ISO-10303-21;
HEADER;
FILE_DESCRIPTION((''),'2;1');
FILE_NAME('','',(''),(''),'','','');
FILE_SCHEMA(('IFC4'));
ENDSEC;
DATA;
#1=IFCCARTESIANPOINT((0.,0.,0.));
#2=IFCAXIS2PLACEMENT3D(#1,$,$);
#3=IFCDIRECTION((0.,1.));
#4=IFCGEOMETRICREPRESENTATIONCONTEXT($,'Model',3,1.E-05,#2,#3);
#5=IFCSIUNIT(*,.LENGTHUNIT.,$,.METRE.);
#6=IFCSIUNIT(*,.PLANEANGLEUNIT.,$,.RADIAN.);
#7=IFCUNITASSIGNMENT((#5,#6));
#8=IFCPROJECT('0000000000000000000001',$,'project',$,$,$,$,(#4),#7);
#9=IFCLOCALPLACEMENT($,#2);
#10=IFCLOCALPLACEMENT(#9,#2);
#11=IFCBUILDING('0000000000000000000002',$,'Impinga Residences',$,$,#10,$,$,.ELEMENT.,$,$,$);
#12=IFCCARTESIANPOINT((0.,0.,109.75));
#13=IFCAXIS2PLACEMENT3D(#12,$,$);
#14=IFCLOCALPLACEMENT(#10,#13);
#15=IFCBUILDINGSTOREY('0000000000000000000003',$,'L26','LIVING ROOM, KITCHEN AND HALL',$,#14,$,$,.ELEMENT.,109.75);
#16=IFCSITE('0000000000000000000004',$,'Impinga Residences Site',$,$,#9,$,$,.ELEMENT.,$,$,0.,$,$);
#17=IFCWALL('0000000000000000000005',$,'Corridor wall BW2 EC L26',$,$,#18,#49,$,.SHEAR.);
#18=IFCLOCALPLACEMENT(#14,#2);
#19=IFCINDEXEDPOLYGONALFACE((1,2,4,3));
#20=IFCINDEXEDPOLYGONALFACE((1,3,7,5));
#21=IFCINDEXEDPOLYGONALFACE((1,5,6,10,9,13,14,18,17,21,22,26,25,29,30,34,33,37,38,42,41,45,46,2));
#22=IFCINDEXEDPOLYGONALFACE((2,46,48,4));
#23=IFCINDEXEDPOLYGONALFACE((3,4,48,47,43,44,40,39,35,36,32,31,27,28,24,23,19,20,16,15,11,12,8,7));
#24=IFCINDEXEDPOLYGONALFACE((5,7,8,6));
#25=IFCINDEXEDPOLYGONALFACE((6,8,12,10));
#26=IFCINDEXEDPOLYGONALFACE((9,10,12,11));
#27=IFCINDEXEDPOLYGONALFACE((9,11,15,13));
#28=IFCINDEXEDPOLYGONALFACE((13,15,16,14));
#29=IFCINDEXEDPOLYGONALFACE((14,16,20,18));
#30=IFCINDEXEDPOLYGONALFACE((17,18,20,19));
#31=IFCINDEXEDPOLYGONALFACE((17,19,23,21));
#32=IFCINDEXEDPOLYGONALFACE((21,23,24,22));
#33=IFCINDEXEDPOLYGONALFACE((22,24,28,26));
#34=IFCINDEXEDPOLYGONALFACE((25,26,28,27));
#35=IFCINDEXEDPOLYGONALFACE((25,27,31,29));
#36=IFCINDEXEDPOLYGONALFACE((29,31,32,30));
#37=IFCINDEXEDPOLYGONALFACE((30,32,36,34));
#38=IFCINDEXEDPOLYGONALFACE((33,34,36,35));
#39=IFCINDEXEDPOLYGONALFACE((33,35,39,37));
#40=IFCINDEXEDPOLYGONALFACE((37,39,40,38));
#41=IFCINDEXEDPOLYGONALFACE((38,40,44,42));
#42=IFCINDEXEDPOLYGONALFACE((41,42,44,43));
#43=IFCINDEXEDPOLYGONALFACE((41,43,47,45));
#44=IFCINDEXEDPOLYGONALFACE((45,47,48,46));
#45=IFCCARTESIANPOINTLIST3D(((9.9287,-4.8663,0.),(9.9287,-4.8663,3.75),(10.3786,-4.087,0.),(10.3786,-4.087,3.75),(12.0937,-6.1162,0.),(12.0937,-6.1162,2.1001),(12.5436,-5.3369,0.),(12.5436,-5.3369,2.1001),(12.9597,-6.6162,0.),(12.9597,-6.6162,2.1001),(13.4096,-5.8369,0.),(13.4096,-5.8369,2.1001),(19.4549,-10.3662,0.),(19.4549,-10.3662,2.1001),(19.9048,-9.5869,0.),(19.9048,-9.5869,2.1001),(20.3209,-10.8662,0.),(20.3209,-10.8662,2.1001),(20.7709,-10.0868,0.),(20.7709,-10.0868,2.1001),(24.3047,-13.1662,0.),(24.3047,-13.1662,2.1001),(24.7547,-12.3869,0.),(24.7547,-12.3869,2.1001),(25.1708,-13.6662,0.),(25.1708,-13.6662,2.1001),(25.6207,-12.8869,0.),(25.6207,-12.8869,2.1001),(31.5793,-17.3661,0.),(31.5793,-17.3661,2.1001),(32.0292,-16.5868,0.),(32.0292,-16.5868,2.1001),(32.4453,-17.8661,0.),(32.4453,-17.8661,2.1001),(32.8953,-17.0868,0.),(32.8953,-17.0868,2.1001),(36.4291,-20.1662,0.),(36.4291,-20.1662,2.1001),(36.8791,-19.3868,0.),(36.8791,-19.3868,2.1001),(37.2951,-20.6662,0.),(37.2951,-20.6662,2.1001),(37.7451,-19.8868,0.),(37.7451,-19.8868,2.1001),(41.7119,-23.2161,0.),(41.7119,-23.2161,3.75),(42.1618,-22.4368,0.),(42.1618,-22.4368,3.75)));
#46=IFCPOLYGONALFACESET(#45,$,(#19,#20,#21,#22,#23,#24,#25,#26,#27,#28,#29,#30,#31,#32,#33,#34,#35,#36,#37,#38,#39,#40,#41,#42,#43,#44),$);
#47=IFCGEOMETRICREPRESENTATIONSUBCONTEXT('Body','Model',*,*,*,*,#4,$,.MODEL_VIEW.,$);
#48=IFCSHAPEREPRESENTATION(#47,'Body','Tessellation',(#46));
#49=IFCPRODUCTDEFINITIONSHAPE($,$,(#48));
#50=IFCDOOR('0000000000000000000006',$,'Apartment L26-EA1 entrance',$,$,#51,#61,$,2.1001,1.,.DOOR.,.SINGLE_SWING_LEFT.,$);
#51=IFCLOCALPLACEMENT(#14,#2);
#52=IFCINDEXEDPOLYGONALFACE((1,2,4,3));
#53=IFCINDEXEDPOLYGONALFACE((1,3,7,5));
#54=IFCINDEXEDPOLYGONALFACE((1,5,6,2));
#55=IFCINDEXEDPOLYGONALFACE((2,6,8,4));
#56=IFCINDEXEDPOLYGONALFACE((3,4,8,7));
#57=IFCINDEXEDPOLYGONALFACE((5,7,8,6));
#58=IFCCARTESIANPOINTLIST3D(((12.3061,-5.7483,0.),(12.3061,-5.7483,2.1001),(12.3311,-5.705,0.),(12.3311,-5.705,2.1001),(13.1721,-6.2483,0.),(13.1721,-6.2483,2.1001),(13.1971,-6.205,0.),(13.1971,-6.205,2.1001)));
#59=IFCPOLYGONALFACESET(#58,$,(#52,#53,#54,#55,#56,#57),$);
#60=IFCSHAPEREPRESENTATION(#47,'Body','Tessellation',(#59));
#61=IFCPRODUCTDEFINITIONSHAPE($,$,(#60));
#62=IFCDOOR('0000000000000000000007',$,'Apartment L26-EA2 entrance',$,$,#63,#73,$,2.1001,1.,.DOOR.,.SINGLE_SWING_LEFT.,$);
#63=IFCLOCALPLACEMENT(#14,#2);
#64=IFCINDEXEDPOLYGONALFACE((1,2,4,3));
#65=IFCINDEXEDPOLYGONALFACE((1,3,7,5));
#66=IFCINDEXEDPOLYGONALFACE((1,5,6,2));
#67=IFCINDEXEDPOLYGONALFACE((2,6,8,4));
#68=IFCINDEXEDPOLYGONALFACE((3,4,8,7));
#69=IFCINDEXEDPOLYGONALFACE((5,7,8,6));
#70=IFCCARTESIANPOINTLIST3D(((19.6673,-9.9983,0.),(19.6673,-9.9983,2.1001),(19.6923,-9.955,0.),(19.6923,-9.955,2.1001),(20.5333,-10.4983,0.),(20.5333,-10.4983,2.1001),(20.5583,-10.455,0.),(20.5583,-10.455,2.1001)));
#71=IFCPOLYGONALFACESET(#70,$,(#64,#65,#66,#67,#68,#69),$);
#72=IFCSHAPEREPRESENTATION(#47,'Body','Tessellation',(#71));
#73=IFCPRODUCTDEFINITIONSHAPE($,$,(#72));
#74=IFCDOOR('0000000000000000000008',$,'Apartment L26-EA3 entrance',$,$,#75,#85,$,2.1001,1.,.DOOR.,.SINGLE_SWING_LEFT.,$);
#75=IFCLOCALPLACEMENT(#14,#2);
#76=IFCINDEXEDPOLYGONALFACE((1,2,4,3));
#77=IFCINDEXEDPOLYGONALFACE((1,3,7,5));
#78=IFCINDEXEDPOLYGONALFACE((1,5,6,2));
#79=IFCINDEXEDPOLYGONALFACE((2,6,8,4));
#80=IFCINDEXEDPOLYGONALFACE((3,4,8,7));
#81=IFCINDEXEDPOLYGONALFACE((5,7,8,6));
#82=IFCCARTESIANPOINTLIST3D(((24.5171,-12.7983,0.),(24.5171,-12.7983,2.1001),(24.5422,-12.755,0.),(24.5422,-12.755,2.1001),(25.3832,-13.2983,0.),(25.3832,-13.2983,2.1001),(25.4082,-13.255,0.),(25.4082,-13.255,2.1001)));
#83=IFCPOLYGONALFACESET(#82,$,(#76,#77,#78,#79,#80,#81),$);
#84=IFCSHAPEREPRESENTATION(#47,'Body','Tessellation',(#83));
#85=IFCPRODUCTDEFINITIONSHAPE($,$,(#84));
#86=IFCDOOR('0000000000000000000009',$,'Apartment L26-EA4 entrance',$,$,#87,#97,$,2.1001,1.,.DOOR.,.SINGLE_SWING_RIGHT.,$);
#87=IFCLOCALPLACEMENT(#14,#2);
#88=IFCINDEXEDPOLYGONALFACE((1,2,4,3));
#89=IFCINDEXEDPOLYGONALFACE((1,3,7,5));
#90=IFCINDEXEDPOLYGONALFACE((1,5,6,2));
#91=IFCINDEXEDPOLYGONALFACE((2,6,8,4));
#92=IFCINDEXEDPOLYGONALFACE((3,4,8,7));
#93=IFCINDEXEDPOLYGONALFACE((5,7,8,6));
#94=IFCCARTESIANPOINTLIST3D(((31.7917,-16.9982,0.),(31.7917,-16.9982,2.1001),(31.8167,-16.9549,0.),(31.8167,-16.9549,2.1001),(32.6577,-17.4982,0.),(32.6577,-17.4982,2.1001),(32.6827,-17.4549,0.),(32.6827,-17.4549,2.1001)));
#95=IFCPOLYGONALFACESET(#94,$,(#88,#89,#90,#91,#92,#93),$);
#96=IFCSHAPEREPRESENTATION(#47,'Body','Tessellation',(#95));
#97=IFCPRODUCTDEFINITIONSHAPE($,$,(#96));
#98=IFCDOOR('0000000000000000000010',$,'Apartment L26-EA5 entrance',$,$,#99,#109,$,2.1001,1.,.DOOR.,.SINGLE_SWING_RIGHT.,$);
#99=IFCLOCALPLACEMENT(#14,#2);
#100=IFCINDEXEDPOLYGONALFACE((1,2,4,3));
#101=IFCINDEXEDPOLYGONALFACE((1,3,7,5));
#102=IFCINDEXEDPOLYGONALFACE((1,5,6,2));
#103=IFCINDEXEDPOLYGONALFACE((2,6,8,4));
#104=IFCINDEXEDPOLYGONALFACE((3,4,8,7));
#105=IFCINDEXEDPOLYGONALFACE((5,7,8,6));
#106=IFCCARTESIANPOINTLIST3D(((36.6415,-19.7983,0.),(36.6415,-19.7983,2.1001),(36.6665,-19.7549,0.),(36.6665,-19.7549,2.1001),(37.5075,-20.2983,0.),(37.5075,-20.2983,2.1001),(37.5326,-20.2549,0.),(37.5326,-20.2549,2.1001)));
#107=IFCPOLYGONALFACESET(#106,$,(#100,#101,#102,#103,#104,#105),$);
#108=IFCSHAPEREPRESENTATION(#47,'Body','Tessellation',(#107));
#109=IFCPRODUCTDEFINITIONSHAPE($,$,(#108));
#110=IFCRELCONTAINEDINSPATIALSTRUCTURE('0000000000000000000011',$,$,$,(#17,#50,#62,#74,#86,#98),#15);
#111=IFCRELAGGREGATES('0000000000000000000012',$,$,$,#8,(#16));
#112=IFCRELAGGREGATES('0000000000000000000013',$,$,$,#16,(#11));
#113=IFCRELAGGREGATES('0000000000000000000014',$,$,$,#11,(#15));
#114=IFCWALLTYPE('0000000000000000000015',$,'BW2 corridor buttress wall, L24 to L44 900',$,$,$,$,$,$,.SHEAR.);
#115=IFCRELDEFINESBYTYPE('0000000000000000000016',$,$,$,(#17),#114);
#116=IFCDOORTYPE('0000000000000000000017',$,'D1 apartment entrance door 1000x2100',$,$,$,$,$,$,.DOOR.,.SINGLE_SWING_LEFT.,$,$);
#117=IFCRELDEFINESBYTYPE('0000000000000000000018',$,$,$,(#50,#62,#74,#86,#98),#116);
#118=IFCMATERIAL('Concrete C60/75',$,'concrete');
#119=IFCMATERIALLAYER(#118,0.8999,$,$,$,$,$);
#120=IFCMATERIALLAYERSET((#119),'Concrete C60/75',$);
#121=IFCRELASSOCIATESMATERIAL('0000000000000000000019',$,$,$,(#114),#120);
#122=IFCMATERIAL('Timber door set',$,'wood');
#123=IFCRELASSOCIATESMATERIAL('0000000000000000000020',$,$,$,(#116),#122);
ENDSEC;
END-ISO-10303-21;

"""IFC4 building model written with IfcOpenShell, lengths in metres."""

from ifc_helpers import new_model, si_unit, direction, frame, frame_2d, origin, place, context, subcontext, project, spatial, rectangle, extrude, material, layer, layer_set, type_object, element, fill, save


model = new_model("IFC4")

# Units and contexts
model_context = context("Model", 3, precision=1e-05, world=origin(), true_north=direction((0.0, 1.0)))
body_context = subcontext(model_context, "Body", "Model", "MODEL_VIEW")
ifc_project = project(units=[si_unit("LENGTHUNIT", "METRE"), si_unit("PLANEANGLEUNIT", "RADIAN")], contexts=[model_context])

# Site, building, storey
site_placement = place(None, origin())
site = spatial("IfcSite", under=ifc_project, at=site_placement, Name="Impinga Residences Site", CompositionType="ELEMENT", RefElevation=0.0)
building_placement = place(site_placement, origin())
building = spatial("IfcBuilding", under=site, at=building_placement, Name="Impinga Residences", CompositionType="ELEMENT")
storey_placement = place(building_placement, frame((0.0, 0.0, 109.75)))
storey = spatial("IfcBuildingStorey", under=building, at=storey_placement, Name="L26", Description="LIVING ROOM, KITCHEN AND HALL", CompositionType="ELEMENT", Elevation=109.75)

# Wall, openings, doors
ifc_material_1 = material(Name="Concrete C60/75", Category="concrete")
ifc_layer_1 = layer(ifc_material_1, 0.8999)
ifc_layer_set_1 = layer_set([ifc_layer_1], Name="Concrete C60/75")
wall_type_1 = type_object("IfcWallType", Name="BW2 corridor buttress wall, L24 to L44 900", PredefinedType="SHEAR", material=ifc_layer_set_1)
wall_1_placement = place(storey_placement, frame((10.1536, -4.4766, 0.0), z_axis=(0.0, 0.0, 1.0), x_axis=(0.866028, -0.499996, 0.0)))
wall_1 = element("IfcWall", 1, at=wall_1_placement, inside=storey, type_object=wall_type_1, Name="Corridor wall BW2 EC L26", PredefinedType="SHEAR", context=body_context, shape_type="SweptSolid", body=[
    extrude(rectangle(XDim=36.7, YDim=0.8999, at=frame_2d((18.3501, 0.0))), origin(), (0.0, 0.0, 1.0), 3.75),
])
opening_1_placement = place(wall_1_placement, frame((2.5, 0.0, 0.0)))
opening_1 = element("IfcOpeningElement", 2, at=opening_1_placement, cuts=wall_1, PredefinedType="OPENING", context=body_context, shape_type="SweptSolid", body=[
    extrude(rectangle(XDim=1.0, YDim=2.1001, at=frame_2d((0.5, 1.05))), frame((0.0, 0.46, 0.0), z_axis=(0.0, -1.0, 0.0), x_axis=(1.0, 0.0, 0.0)), (0.0, 0.0, 1.0), 0.9199),
])
opening_2_placement = place(wall_1_placement, frame((11.0, 0.0, 0.0)))
opening_2 = element("IfcOpeningElement", 3, at=opening_2_placement, cuts=wall_1, PredefinedType="OPENING", context=body_context, shape_type="SweptSolid", body=[
    extrude(rectangle(XDim=1.0, YDim=2.1001, at=frame_2d((0.5, 1.05))), frame((0.0, 0.46, 0.0), z_axis=(0.0, -1.0, 0.0), x_axis=(1.0, 0.0, 0.0)), (0.0, 0.0, 1.0), 0.9199),
])
opening_3_placement = place(wall_1_placement, frame((16.6001, 0.0, 0.0)))
opening_3 = element("IfcOpeningElement", 4, at=opening_3_placement, cuts=wall_1, PredefinedType="OPENING", context=body_context, shape_type="SweptSolid", body=[
    extrude(rectangle(XDim=1.0, YDim=2.1001, at=frame_2d((0.5, 1.05))), frame((0.0, 0.46, 0.0), z_axis=(0.0, -1.0, 0.0), x_axis=(1.0, 0.0, 0.0)), (0.0, 0.0, 1.0), 0.9199),
])
opening_4_placement = place(wall_1_placement, frame((25.0, 0.0, 0.0)))
opening_4 = element("IfcOpeningElement", 5, at=opening_4_placement, cuts=wall_1, PredefinedType="OPENING", context=body_context, shape_type="SweptSolid", body=[
    extrude(rectangle(XDim=1.0, YDim=2.1001, at=frame_2d((0.5, 1.05))), frame((0.0, 0.46, 0.0), z_axis=(0.0, -1.0, 0.0), x_axis=(1.0, 0.0, 0.0)), (0.0, 0.0, 1.0), 0.9199),
])
opening_5_placement = place(wall_1_placement, frame((30.6001, 0.0, 0.0)))
opening_5 = element("IfcOpeningElement", 6, at=opening_5_placement, cuts=wall_1, PredefinedType="OPENING", context=body_context, shape_type="SweptSolid", body=[
    extrude(rectangle(XDim=1.0, YDim=2.1001, at=frame_2d((0.5, 1.05))), frame((0.0, 0.46, 0.0), z_axis=(0.0, -1.0, 0.0), x_axis=(1.0, 0.0, 0.0)), (0.0, 0.0, 1.0), 0.9199),
])
ifc_material_2 = material(Name="Timber door set", Category="wood")
door_type_1 = type_object("IfcDoorType", Name="D1 apartment entrance door 1000x2100", OperationType="SINGLE_SWING_LEFT", PredefinedType="DOOR", material=ifc_material_2)
door_1_placement = place(opening_1_placement, origin())
door_1 = element("IfcDoor", 7, at=door_1_placement, inside=storey, type_object=door_type_1, Name="Apartment L26-EA1 entrance", OperationType="SINGLE_SWING_LEFT", OverallHeight=2.1001, OverallWidth=1.0, PredefinedType="DOOR", context=body_context, shape_type="SweptSolid", body=[
    extrude(rectangle(XDim=1.0, YDim=2.1001, at=frame_2d((0.5, 1.05))), frame((0.0, 0.0249, 0.0), z_axis=(0.0, -1.0, 0.0), x_axis=(1.0, 0.0, 0.0)), (0.0, 0.0, 1.0), 0.05),
])
fill(opening_1, door_1)
door_2_placement = place(opening_2_placement, origin())
door_2 = element("IfcDoor", 8, at=door_2_placement, inside=storey, type_object=door_type_1, Name="Apartment L26-EA2 entrance", OperationType="SINGLE_SWING_LEFT", OverallHeight=2.1001, OverallWidth=1.0, PredefinedType="DOOR", context=body_context, shape_type="SweptSolid", body=[
    extrude(rectangle(XDim=1.0, YDim=2.1001, at=frame_2d((0.5, 1.05))), frame((0.0, 0.0249, 0.0), z_axis=(0.0, -1.0, 0.0), x_axis=(1.0, 0.0, 0.0)), (0.0, 0.0, 1.0), 0.05),
])
fill(opening_2, door_2)
door_3_placement = place(opening_3_placement, origin())
door_3 = element("IfcDoor", 9, at=door_3_placement, inside=storey, type_object=door_type_1, Name="Apartment L26-EA3 entrance", OperationType="SINGLE_SWING_LEFT", OverallHeight=2.1001, OverallWidth=1.0, PredefinedType="DOOR", context=body_context, shape_type="SweptSolid", body=[
    extrude(rectangle(XDim=1.0, YDim=2.1001, at=frame_2d((0.5, 1.05))), frame((0.0, 0.0249, 0.0), z_axis=(0.0, -1.0, 0.0), x_axis=(1.0, 0.0, 0.0)), (0.0, 0.0, 1.0), 0.05),
])
fill(opening_3, door_3)
door_4_placement = place(opening_4_placement, origin())
door_4 = element("IfcDoor", 10, at=door_4_placement, inside=storey, type_object=door_type_1, Name="Apartment L26-EA4 entrance", OperationType="SINGLE_SWING_RIGHT", OverallHeight=2.1001, OverallWidth=1.0, PredefinedType="DOOR", context=body_context, shape_type="SweptSolid", body=[
    extrude(rectangle(XDim=1.0, YDim=2.1001, at=frame_2d((0.5, 1.05))), frame((0.0, 0.0249, 0.0), z_axis=(0.0, -1.0, 0.0), x_axis=(1.0, 0.0, 0.0)), (0.0, 0.0, 1.0), 0.05),
])
fill(opening_4, door_4)
door_5_placement = place(opening_5_placement, origin())
door_5 = element("IfcDoor", 11, at=door_5_placement, inside=storey, type_object=door_type_1, Name="Apartment L26-EA5 entrance", OperationType="SINGLE_SWING_RIGHT", OverallHeight=2.1001, OverallWidth=1.0, PredefinedType="DOOR", context=body_context, shape_type="SweptSolid", body=[
    extrude(rectangle(XDim=1.0, YDim=2.1001, at=frame_2d((0.5, 1.05))), frame((0.0, 0.0249, 0.0), z_axis=(0.0, -1.0, 0.0), x_axis=(1.0, 0.0, 0.0)), (0.0, 0.0, 1.0), 0.05),
])
fill(opening_5, door_5)

save(model, "model.ifc")
